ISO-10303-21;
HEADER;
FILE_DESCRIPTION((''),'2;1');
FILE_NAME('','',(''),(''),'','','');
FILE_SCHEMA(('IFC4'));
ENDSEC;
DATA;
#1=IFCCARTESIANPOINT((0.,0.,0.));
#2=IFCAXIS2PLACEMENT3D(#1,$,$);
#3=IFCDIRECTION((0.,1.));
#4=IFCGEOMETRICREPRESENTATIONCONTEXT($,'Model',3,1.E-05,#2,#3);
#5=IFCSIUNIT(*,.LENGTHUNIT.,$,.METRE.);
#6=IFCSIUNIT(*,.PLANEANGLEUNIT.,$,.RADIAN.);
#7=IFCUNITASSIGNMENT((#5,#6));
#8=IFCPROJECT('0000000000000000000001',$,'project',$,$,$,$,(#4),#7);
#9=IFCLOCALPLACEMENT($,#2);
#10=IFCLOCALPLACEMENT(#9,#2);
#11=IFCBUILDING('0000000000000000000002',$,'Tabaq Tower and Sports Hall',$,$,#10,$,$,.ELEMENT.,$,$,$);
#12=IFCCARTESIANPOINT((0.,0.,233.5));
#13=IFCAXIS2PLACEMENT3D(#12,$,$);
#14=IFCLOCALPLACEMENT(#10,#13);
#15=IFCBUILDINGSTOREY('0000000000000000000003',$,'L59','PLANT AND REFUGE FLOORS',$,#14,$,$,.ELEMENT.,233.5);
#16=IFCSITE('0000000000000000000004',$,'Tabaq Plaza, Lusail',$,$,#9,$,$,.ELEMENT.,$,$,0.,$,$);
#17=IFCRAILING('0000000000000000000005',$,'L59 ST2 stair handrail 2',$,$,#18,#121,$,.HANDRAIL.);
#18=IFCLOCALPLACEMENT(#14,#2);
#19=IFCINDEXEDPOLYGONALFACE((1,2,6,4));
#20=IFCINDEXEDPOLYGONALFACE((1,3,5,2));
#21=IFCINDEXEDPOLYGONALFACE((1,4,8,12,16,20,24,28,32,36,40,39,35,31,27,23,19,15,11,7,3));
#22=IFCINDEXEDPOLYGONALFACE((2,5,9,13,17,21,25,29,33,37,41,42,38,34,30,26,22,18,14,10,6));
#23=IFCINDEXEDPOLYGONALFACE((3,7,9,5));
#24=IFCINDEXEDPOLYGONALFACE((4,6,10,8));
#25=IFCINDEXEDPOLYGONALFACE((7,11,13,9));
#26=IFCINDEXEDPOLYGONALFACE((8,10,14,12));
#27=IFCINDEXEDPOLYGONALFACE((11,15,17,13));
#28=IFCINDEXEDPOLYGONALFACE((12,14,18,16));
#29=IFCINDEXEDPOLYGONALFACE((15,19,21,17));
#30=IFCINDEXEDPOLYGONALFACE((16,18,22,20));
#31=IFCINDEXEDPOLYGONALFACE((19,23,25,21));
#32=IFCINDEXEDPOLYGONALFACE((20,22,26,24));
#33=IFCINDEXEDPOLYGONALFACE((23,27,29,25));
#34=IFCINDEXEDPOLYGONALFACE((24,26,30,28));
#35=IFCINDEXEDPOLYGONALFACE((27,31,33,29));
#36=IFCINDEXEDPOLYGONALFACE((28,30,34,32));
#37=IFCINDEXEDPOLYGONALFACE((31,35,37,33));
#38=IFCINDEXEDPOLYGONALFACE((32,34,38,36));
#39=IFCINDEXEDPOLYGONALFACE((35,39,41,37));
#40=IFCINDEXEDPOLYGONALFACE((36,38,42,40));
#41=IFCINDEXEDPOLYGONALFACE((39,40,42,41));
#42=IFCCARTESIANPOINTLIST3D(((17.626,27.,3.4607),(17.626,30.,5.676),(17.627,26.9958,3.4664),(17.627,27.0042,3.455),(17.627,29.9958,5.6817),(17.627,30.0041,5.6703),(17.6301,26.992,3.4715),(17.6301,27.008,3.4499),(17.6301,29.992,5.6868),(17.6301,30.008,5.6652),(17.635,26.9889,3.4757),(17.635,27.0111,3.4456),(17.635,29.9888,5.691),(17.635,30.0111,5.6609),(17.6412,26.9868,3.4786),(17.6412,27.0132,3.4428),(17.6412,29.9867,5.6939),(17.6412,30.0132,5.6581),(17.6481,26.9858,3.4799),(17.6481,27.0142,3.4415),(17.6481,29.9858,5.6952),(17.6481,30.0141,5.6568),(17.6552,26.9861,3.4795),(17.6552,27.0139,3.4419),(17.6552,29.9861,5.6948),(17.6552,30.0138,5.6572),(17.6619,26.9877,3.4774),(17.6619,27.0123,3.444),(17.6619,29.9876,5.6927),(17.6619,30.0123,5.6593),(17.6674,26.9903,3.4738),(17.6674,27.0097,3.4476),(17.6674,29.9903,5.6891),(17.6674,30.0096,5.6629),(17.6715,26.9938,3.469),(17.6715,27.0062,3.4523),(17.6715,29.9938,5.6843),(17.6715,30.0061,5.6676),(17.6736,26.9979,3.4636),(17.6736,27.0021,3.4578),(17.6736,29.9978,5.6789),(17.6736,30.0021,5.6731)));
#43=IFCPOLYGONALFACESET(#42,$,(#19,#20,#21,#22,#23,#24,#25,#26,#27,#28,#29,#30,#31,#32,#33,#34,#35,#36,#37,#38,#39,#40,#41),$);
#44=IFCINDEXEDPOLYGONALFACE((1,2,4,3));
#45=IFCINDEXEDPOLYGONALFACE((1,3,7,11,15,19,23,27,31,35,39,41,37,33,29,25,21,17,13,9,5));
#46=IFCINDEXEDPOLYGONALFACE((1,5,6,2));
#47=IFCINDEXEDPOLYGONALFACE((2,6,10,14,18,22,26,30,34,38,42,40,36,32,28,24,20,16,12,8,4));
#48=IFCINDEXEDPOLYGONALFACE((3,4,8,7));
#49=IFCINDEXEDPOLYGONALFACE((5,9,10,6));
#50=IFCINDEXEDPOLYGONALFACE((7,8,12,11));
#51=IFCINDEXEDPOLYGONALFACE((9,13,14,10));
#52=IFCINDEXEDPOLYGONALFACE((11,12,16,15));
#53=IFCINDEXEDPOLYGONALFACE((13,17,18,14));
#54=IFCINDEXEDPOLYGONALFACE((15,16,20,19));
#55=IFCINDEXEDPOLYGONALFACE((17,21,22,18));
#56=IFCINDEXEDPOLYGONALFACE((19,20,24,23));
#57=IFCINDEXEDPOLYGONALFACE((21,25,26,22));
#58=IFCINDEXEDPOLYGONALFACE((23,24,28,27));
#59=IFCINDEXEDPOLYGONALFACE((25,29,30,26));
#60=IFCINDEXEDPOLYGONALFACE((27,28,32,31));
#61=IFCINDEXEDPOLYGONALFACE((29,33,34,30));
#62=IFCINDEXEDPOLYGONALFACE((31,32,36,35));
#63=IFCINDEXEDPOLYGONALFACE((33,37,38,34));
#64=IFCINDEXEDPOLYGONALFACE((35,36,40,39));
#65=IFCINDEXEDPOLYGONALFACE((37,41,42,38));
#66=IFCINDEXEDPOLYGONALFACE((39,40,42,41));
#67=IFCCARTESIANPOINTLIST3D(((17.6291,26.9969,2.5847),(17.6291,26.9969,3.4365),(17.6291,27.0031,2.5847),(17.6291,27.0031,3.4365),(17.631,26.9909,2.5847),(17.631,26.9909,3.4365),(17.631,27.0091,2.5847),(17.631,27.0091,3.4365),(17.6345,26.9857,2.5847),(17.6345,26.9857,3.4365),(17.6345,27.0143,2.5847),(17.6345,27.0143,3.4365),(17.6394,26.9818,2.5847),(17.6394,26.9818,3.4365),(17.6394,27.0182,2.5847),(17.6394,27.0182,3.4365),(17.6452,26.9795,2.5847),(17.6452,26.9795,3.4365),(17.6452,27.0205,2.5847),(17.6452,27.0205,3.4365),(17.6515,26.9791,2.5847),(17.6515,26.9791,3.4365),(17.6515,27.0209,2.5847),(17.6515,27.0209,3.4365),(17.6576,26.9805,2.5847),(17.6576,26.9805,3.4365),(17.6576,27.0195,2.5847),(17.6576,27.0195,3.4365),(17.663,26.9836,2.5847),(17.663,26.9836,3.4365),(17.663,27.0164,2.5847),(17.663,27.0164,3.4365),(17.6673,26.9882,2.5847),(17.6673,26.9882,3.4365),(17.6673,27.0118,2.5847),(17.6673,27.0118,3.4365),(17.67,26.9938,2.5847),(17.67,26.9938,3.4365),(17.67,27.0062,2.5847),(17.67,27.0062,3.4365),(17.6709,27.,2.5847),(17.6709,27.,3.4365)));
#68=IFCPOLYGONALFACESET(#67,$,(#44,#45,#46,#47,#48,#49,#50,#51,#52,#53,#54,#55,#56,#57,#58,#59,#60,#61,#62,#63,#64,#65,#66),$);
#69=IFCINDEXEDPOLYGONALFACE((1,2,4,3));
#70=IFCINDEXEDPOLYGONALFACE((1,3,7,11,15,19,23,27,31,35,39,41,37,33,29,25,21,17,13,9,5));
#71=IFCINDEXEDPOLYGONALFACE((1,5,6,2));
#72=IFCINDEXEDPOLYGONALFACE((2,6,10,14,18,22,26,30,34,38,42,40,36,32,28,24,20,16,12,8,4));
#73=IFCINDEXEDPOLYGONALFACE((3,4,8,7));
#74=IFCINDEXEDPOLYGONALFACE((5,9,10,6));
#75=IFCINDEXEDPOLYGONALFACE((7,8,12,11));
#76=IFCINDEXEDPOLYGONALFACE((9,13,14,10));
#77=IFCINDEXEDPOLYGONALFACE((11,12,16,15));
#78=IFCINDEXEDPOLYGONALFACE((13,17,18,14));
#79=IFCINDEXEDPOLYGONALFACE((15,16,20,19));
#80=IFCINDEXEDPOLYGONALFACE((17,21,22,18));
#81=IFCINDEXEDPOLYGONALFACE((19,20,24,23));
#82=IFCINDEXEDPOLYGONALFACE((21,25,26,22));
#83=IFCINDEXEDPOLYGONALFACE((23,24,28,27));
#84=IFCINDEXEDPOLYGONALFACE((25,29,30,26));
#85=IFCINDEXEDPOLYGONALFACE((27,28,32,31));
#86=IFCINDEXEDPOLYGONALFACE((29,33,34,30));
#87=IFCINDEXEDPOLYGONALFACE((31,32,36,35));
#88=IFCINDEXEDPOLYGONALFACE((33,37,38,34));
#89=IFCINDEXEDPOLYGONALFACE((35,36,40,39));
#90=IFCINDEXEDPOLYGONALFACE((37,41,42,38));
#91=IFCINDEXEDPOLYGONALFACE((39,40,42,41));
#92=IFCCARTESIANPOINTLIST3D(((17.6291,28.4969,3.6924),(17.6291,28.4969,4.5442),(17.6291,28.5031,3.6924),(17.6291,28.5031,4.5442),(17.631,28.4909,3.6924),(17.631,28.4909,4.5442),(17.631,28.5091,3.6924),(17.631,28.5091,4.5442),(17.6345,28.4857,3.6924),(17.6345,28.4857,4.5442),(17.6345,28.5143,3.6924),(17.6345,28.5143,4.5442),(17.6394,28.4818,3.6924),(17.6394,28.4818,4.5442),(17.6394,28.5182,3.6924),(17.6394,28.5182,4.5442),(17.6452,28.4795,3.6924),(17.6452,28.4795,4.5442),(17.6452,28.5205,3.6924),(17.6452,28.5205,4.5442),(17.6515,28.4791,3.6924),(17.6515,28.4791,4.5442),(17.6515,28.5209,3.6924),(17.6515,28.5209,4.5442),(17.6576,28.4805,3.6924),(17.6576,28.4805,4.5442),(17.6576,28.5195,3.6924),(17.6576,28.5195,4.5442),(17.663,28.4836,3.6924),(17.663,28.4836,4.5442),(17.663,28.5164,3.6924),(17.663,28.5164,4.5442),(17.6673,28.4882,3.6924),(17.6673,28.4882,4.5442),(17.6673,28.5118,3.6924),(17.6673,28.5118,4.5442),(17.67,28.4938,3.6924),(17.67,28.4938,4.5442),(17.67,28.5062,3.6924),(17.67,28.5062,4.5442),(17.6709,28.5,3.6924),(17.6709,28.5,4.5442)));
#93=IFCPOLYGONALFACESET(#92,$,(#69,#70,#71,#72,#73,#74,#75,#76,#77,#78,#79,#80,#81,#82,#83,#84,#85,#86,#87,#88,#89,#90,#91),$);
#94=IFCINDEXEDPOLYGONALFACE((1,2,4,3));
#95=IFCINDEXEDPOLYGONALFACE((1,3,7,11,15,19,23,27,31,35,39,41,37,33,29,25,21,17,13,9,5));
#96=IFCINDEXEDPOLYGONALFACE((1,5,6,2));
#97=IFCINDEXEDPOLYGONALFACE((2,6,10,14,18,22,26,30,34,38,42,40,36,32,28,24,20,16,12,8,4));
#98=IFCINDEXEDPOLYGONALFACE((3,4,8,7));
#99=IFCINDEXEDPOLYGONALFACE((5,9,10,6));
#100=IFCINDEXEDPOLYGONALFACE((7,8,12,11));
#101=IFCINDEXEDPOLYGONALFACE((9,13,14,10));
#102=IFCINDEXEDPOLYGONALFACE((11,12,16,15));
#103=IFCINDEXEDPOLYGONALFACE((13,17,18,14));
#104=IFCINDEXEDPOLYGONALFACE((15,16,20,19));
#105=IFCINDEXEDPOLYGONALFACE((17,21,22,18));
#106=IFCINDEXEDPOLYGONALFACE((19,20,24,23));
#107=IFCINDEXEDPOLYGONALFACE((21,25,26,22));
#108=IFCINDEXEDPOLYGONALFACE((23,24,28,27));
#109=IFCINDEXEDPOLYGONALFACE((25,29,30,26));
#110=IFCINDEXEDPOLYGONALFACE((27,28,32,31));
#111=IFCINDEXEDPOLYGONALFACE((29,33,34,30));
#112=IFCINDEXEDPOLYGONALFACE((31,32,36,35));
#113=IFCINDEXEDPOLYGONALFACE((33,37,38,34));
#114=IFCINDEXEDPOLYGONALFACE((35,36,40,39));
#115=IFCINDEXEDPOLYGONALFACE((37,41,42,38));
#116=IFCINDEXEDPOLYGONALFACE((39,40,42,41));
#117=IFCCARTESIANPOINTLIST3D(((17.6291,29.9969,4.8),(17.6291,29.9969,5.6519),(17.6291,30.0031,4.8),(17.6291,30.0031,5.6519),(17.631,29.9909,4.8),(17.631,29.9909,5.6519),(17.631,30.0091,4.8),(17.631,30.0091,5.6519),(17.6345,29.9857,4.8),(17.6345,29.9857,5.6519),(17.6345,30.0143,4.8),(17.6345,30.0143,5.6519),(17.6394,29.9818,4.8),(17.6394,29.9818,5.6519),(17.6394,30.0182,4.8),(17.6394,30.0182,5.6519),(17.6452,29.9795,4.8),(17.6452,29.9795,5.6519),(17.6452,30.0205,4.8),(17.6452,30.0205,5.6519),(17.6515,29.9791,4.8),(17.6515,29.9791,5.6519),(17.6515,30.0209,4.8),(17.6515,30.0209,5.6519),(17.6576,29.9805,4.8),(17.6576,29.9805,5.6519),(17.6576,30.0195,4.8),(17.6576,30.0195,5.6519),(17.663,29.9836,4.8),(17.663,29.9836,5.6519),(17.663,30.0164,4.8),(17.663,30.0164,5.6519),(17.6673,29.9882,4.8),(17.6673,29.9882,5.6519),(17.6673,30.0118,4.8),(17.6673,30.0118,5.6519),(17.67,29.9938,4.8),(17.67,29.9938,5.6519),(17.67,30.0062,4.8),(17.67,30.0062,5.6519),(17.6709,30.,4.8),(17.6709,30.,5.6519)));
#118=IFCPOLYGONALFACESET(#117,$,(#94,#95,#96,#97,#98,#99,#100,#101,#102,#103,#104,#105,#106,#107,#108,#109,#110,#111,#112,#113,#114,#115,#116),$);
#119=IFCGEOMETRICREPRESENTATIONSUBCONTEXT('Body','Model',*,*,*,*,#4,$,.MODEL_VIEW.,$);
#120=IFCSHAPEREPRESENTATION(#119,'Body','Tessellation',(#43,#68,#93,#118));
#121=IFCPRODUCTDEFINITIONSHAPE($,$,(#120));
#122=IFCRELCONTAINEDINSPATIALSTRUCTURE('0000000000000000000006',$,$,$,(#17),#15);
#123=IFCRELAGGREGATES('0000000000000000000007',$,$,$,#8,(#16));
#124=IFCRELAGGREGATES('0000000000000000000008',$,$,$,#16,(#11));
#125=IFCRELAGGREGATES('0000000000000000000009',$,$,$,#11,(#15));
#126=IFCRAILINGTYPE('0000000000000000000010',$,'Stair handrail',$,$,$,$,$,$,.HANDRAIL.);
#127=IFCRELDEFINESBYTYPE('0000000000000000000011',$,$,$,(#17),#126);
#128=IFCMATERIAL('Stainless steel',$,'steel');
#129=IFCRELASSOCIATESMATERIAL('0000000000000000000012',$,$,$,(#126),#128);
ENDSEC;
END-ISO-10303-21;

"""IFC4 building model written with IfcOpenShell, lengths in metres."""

from ifc_helpers import new_model, si_unit, direction, frame, origin, origin_2d, place, context, subcontext, project, spatial, circle, extrude, material, type_object, element, save


model = new_model("IFC4")

# Units and contexts
model_context = context("Model", 3, precision=1e-05, world=origin(), true_north=direction((0.0, 1.0)))
body_context = subcontext(model_context, "Body", "Model", "MODEL_VIEW")
ifc_project = project(units=[si_unit("LENGTHUNIT", "METRE"), si_unit("PLANEANGLEUNIT", "RADIAN")], contexts=[model_context])

# Site, building, storey
site_placement = place(None, origin())
site = spatial("IfcSite", under=ifc_project, at=site_placement, Name="Tabaq Plaza, Lusail", CompositionType="ELEMENT", RefElevation=0.0)
building_placement = place(site_placement, origin())
building = spatial("IfcBuilding", under=site, at=building_placement, Name="Tabaq Tower and Sports Hall", CompositionType="ELEMENT")
storey_placement = place(building_placement, frame((0.0, 0.0, 233.5)))
storey = spatial("IfcBuildingStorey", under=building, at=storey_placement, Name="L59", Description="PLANT AND REFUGE FLOORS", CompositionType="ELEMENT", Elevation=233.5)

# Railing
ifc_material_1 = material(Name="Stainless steel", Category="steel")
railing_type_1 = type_object("IfcRailingType", Name="Stair handrail", PredefinedType="HANDRAIL", material=ifc_material_1)
railing_1_placement = place(storey_placement, frame((17.6499, 27.0, 2.5847)))
element("IfcRailing", 1, at=railing_1_placement, inside=storey, type_object=railing_type_1, Name="L59 ST2 stair handrail 2", PredefinedType="HANDRAIL", context=body_context, shape_type="SweptSolid", body=[
    extrude(circle(Radius=0.0239, at=origin_2d()), frame((0.0, 0.0, 0.876), z_axis=(0.0, 0.80444, 0.594034), x_axis=(-1.0, 0.0, 0.0)), (0.0, 0.0, 1.0), 3.7292),
    extrude(circle(Radius=0.021, at=origin_2d()), origin(), (0.0, 0.0, 1.0), 0.8518),
    extrude(circle(Radius=0.021, at=origin_2d()), frame((0.0, 1.5, 1.1077)), (0.0, 0.0, 1.0), 0.8518),
    extrude(circle(Radius=0.021, at=origin_2d()), frame((0.0, 3.0, 2.2153)), (0.0, 0.0, 1.0), 0.8518),
])

save(model, "model.ifc")
